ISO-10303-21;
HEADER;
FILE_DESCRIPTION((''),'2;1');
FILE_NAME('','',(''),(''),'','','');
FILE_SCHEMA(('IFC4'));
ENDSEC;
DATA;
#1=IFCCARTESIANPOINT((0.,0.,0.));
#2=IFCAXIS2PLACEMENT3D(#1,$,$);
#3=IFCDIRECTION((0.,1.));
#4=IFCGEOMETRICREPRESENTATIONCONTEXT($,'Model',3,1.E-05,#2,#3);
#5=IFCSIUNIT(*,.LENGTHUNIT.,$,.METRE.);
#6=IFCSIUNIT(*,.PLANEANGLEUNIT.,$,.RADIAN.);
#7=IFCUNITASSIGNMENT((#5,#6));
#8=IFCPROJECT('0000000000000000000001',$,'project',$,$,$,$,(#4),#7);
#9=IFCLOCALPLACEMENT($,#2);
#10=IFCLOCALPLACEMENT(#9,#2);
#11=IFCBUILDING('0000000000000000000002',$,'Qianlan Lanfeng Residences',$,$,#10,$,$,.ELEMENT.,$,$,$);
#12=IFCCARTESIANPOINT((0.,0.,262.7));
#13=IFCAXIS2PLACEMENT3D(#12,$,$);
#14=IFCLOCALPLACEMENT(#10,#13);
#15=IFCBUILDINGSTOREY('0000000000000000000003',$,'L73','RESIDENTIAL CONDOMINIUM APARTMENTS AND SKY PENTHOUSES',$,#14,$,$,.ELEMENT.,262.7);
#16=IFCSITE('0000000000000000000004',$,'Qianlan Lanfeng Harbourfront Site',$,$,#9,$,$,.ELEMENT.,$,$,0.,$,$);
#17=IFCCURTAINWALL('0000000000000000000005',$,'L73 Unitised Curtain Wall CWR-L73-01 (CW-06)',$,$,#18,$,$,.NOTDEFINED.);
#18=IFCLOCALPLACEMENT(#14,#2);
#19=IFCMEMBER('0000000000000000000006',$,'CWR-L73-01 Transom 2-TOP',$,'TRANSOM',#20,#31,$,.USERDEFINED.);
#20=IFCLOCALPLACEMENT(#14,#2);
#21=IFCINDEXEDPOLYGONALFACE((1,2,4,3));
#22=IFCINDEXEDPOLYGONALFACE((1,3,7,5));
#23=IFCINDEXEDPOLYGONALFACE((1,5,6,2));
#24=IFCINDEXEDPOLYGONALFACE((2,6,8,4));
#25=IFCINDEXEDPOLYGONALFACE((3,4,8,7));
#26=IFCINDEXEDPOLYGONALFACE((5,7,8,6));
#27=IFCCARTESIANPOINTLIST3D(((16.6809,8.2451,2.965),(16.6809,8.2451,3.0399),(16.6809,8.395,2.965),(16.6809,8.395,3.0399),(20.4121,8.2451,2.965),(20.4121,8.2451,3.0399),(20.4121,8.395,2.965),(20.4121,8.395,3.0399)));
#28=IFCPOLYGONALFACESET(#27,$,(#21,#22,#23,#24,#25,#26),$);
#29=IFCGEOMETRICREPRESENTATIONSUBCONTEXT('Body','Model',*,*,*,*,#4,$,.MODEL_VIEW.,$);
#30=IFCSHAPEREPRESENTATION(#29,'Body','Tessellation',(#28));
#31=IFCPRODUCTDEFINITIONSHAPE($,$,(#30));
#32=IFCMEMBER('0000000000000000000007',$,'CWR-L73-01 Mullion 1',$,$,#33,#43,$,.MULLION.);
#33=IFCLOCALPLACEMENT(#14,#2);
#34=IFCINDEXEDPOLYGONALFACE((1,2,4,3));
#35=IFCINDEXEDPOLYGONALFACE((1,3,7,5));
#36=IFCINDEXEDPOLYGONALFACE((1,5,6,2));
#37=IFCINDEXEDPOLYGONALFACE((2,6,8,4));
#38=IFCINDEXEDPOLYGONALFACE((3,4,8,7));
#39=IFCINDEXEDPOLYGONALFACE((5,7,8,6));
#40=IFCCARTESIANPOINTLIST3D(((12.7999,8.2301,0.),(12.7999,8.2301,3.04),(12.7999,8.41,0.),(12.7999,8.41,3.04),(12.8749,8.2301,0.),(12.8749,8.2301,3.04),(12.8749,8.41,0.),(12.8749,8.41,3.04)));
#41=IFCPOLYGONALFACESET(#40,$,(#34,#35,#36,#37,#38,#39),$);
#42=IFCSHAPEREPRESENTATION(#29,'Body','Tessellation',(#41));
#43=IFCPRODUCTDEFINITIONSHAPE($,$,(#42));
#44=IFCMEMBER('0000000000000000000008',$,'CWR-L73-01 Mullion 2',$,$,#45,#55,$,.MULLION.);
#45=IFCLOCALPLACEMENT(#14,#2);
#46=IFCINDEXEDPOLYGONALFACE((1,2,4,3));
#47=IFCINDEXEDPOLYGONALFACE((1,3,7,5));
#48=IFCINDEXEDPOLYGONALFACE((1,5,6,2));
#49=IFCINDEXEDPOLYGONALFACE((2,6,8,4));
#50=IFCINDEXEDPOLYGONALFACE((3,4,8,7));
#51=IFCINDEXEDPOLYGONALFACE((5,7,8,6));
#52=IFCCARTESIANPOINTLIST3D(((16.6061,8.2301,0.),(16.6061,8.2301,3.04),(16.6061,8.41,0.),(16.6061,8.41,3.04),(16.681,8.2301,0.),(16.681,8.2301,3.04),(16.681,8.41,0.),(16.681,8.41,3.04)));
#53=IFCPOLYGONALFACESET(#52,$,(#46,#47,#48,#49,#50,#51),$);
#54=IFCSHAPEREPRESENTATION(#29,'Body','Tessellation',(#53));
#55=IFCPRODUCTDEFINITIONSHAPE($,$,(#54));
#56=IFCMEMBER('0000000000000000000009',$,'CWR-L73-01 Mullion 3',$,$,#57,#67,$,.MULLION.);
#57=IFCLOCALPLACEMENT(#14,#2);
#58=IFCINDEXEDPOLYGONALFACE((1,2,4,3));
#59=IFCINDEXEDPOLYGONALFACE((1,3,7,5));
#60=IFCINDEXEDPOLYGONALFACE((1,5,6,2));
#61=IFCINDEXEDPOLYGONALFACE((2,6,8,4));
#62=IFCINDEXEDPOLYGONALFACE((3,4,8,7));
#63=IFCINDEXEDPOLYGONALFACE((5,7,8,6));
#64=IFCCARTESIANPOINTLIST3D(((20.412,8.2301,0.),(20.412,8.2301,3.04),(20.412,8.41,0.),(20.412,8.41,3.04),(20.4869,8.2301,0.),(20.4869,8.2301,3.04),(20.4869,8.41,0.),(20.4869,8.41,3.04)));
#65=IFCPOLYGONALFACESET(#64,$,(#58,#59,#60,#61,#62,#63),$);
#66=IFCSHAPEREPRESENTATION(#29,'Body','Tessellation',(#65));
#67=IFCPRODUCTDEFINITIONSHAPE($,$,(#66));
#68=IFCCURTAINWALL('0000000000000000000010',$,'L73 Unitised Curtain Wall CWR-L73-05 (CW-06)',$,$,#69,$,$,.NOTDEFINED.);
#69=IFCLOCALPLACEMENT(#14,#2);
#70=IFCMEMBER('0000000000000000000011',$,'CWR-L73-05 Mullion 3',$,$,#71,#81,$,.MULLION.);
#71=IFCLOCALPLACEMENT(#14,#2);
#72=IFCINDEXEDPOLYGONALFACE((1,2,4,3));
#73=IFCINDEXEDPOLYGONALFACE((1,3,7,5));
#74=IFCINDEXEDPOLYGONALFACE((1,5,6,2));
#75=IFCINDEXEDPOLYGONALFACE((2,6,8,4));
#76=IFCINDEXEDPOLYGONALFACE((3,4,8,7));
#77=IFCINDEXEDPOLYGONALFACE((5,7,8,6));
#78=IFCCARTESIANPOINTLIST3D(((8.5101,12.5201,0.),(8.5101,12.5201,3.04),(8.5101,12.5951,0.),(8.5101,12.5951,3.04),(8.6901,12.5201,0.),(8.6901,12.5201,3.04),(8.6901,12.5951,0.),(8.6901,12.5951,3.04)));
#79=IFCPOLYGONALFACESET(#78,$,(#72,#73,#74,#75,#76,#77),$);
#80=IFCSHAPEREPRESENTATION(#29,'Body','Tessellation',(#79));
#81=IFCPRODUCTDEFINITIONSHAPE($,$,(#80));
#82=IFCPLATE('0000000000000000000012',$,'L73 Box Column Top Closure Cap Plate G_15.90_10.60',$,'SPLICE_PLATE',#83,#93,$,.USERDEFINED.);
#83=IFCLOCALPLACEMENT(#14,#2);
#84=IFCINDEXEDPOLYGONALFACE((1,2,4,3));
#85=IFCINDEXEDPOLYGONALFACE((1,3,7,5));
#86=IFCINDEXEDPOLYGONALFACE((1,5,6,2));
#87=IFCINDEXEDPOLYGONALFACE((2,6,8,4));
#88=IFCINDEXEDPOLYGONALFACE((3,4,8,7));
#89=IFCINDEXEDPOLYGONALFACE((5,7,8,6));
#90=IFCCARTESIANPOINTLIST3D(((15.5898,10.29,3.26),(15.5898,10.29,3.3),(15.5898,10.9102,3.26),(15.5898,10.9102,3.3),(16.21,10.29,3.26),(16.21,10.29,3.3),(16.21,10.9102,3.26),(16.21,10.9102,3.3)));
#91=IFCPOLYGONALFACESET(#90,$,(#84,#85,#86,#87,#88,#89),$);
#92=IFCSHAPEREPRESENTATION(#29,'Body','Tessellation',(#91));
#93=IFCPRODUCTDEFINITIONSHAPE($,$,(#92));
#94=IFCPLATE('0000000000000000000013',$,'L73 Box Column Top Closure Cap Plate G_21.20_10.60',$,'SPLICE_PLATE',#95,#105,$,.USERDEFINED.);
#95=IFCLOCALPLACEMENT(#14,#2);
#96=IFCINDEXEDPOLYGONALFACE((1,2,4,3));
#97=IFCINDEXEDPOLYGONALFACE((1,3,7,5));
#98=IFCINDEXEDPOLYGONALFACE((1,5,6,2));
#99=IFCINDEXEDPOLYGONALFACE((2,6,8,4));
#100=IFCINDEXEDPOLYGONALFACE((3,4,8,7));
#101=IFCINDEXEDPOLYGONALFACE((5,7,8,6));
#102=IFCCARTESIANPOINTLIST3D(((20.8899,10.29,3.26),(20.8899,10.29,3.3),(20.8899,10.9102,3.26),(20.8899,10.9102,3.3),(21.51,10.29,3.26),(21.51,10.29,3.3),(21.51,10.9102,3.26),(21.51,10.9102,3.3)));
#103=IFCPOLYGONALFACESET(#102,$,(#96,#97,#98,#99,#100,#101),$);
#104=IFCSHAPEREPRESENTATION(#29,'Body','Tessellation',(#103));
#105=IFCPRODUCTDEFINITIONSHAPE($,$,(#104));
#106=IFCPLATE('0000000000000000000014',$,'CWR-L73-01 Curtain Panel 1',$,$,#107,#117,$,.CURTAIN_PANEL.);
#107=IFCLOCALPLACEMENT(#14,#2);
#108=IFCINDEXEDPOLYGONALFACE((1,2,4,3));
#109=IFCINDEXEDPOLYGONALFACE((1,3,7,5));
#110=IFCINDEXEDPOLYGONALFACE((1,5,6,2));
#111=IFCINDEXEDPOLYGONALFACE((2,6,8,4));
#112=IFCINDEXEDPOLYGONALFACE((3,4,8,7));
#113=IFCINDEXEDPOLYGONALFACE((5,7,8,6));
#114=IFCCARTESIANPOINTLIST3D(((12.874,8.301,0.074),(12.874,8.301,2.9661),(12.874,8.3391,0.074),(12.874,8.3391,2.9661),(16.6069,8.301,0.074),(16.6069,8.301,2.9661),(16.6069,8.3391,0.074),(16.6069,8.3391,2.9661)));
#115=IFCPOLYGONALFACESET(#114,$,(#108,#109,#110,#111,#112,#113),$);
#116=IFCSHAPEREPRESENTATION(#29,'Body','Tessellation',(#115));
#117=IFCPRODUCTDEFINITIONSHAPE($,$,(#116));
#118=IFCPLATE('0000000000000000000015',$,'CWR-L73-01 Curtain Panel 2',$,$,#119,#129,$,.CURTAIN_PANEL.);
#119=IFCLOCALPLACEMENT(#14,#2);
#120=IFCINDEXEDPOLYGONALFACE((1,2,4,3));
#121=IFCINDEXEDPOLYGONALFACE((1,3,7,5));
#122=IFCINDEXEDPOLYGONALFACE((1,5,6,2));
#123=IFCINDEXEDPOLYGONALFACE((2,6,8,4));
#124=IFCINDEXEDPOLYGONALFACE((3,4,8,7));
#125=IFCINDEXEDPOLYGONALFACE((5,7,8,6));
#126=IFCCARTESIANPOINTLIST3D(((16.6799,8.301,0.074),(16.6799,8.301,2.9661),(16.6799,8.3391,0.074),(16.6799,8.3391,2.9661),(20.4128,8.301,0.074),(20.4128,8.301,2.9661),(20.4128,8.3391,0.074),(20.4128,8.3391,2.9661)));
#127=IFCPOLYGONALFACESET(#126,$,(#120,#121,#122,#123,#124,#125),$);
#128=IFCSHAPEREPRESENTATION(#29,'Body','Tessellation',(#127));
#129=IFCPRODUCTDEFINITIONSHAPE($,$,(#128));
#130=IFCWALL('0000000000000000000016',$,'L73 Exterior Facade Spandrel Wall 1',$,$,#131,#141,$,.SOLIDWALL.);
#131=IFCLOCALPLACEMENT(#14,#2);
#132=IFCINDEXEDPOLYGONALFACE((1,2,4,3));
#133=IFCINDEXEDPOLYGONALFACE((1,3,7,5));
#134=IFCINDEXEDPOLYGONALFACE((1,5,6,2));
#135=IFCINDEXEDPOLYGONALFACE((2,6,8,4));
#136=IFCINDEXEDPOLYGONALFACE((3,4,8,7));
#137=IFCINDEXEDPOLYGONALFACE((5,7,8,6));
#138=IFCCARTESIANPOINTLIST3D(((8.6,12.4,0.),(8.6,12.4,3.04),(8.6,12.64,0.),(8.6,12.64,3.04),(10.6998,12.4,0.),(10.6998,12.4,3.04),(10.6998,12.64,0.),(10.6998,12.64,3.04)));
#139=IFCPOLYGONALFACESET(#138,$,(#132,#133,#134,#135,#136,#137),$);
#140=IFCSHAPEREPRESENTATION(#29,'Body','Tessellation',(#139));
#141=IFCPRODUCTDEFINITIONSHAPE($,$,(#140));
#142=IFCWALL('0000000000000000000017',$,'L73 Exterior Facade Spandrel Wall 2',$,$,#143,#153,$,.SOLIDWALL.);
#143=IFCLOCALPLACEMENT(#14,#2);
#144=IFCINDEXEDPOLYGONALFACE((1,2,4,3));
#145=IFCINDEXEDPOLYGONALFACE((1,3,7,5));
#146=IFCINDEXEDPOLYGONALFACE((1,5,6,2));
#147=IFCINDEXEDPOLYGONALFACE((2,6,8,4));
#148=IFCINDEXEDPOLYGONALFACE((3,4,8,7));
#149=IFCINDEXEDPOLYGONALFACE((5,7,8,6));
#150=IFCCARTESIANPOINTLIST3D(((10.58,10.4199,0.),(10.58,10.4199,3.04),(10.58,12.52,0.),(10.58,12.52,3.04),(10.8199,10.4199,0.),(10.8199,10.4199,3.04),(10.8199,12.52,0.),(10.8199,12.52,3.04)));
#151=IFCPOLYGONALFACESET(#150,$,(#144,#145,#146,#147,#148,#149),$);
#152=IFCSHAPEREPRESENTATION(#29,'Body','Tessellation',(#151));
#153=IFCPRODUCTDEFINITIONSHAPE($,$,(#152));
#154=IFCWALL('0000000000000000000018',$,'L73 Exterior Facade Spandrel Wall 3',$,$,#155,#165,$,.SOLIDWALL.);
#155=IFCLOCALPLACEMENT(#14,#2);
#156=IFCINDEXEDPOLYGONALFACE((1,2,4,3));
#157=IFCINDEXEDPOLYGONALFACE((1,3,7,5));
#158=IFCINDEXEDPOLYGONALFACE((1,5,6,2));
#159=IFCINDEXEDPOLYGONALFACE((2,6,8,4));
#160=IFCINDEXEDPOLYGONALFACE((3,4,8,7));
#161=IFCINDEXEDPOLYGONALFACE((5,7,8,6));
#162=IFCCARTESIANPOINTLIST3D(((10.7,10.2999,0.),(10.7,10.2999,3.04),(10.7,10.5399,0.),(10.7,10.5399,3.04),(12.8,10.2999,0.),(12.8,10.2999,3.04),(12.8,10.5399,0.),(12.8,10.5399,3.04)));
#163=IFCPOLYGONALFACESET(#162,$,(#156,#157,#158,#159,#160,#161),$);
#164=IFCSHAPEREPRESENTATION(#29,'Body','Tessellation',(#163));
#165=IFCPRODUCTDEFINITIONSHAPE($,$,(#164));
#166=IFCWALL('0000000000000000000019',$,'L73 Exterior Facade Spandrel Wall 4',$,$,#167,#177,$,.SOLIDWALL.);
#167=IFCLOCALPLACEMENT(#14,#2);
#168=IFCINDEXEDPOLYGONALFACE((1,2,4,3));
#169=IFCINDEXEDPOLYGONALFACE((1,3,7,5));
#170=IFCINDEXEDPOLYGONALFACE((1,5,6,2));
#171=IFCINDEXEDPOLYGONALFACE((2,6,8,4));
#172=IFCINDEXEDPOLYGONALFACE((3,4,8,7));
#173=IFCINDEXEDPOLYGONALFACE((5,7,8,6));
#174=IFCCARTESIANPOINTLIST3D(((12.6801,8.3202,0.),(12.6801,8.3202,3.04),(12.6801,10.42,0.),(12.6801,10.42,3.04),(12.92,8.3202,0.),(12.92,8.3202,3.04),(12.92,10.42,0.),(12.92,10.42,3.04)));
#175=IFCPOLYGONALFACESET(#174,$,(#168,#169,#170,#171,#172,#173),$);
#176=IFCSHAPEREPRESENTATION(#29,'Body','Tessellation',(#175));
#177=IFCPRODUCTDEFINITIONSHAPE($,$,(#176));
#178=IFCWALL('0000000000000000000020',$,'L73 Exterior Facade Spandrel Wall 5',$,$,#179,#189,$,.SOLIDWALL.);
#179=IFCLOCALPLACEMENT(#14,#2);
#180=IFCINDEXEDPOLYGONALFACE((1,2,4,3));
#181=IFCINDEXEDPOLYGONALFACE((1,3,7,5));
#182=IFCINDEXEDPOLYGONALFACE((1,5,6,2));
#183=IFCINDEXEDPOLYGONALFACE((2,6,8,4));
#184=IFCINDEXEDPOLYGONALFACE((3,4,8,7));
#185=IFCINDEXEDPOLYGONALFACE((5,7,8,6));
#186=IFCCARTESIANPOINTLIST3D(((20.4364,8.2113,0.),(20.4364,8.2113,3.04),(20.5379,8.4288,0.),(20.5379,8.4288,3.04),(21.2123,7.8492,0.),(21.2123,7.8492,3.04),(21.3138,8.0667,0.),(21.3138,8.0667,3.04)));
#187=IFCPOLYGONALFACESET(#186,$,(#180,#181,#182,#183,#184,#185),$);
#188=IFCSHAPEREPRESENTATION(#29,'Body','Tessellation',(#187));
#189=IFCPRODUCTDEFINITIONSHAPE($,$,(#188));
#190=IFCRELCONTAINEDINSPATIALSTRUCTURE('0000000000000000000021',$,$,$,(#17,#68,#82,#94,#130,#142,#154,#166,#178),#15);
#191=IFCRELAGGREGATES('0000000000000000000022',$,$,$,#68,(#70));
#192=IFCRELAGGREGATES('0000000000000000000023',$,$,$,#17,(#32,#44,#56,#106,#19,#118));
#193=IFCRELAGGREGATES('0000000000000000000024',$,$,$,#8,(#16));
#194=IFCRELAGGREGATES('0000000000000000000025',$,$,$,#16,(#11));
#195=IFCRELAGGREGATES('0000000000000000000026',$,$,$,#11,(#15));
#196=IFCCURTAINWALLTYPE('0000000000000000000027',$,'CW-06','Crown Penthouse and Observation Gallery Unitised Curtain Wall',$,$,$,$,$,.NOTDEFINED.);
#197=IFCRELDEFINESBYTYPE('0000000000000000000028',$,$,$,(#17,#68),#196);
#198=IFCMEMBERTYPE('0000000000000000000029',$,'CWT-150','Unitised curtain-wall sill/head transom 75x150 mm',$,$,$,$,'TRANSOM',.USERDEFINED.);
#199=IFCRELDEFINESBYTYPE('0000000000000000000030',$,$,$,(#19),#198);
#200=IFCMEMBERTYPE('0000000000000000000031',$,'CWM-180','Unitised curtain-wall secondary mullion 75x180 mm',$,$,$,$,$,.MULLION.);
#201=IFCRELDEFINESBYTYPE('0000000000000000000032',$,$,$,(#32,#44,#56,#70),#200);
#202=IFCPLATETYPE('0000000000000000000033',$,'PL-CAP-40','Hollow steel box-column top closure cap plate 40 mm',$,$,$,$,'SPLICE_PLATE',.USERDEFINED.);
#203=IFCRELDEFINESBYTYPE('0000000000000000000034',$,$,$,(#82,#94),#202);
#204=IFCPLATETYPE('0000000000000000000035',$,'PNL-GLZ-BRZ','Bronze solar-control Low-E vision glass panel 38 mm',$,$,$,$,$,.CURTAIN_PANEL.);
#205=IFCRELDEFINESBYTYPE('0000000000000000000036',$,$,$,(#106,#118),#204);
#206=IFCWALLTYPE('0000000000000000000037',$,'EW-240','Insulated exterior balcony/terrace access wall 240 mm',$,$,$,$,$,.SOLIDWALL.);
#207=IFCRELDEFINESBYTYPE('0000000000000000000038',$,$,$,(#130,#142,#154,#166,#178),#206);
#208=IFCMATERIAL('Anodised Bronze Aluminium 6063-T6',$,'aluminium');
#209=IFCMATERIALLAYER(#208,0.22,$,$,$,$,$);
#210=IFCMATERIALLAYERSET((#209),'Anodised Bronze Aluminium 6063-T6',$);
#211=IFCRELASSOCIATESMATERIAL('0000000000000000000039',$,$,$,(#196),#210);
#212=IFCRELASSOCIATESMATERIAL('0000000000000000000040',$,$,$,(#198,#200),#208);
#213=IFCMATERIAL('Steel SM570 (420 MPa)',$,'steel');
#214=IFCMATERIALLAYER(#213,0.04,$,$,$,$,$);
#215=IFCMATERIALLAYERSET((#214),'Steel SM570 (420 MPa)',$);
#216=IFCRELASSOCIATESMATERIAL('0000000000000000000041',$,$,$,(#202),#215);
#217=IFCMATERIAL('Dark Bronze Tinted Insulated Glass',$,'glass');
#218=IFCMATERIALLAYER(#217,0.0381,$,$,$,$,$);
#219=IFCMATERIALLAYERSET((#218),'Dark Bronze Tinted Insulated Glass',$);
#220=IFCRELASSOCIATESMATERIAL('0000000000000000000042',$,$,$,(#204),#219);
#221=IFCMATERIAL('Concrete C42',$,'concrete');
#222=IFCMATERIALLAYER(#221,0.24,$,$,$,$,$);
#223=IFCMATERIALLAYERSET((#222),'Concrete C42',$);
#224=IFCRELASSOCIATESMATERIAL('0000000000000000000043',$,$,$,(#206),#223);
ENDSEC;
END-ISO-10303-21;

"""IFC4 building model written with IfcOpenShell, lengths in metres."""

from ifc_helpers import new_model, si_unit, direction, frame, frame_2d, origin, origin_2d, place, context, subcontext, project, spatial, rectangle, extrude, source, transform, mapped, material, layer, layer_set, material_profile, profile_set, type_object, element, aggregate, save


model = new_model("IFC4")

# Units and contexts
model_context = context("Model", 3, precision=1e-05, world=origin(), true_north=direction((0.0, 1.0)))
body_context = subcontext(model_context, "Body", "Model", "MODEL_VIEW")
ifc_project = project(units=[si_unit("LENGTHUNIT", "METRE"), si_unit("PLANEANGLEUNIT", "RADIAN")], contexts=[model_context])

# Site, building, storey
site_placement = place(None, origin())
site = spatial("IfcSite", under=ifc_project, at=site_placement, Name="Qianlan Lanfeng Harbourfront Site", CompositionType="ELEMENT", RefElevation=0.0)
building_placement = place(site_placement, origin())
building = spatial("IfcBuilding", under=site, at=building_placement, Name="Qianlan Lanfeng Residences", CompositionType="ELEMENT")
storey_placement = place(building_placement, frame((0.0, 0.0, 262.7)))
storey = spatial("IfcBuildingStorey", under=building, at=storey_placement, Name="L73", Description="RESIDENTIAL CONDOMINIUM APARTMENTS AND SKY PENTHOUSES", CompositionType="ELEMENT", Elevation=262.7)

# Curtain wall, members
ifc_material_1 = material(Name="Anodised Bronze Aluminium 6063-T6", Category="aluminium")
ifc_layer_1 = layer(ifc_material_1, 0.22)
ifc_layer_set_1 = layer_set([ifc_layer_1], Name="Anodised Bronze Aluminium 6063-T6")
curtain_wall_type = type_object("IfcCurtainWallType", Name="CW-06", Description="Crown Penthouse and Observation Gallery Unitised Curtain Wall", PredefinedType="NOTDEFINED", material=ifc_layer_set_1)
curtain_wall_1_placement = place(storey_placement, origin())
curtain_wall_1 = element("IfcCurtainWall", 1, at=curtain_wall_1_placement, inside=storey, type_object=curtain_wall_type, Name="L73 Unitised Curtain Wall CWR-L73-01 (CW-06)", PredefinedType="NOTDEFINED")
ifc_material_profile_1 = material_profile(ifc_material_1, rectangle(XDim=0.075, YDim=0.1499, at=origin_2d()), Name="ALU TRANSOM 75x150")
ifc_profile_set_1 = profile_set([ifc_material_profile_1], Name="Anodised Bronze Aluminium 6063-T6")
member_type_1 = type_object("IfcMemberType", Name="CWT-150", Description="Unitised curtain-wall sill/head transom 75x150 mm", ElementType="TRANSOM", PredefinedType="USERDEFINED", material=ifc_profile_set_1)
shared_shape_1 = source(origin(), body_context, "Body", "SweptSolid", [
    extrude(rectangle(XDim=0.075, YDim=0.1499, at=origin_2d()), origin(), (0.0, 0.0, 1.0), 3.7312),
])
member_1_placement = place(storey_placement, frame((16.6809, 8.3201, 3.0024), z_axis=(1.0, 0.0, 0.0), x_axis=(0.0, 0.0, 1.0)))
member_1 = element("IfcMember", 2, at=member_1_placement, type_object=member_type_1, Name="CWR-L73-01 Transom 2-TOP", ObjectType="TRANSOM", PredefinedType="USERDEFINED", context=body_context, shape_type="MappedRepresentation", body=[
    mapped(shared_shape_1, transform((0.0, 0.0, 0.0), scale=1.0)),
])
ifc_material_profile_2 = material_profile(ifc_material_1, rectangle(XDim=0.075, YDim=0.1799, at=origin_2d()), Name="ALU MULLION 75x180")
ifc_profile_set_2 = profile_set([ifc_material_profile_2], Name="Anodised Bronze Aluminium 6063-T6")
member_type_2 = type_object("IfcMemberType", Name="CWM-180", Description="Unitised curtain-wall secondary mullion 75x180 mm", PredefinedType="MULLION", material=ifc_profile_set_2)
shared_shape_2 = source(origin(), body_context, "Body", "SweptSolid", [
    extrude(rectangle(XDim=0.075, YDim=0.1799, at=origin_2d()), origin(), (0.0, 0.0, 1.0), 3.04),
])
member_2_placement = place(storey_placement, frame((12.8374, 8.3201, 0.0), z_axis=(0.0, 0.0, 1.0), x_axis=(1.0, 0.0, 0.0)))
member_2 = element("IfcMember", 3, at=member_2_placement, type_object=member_type_2, Name="CWR-L73-01 Mullion 1", PredefinedType="MULLION", context=body_context, shape_type="MappedRepresentation", body=[
    mapped(shared_shape_2, transform((0.0, 0.0, 0.0), scale=1.0)),
])
member_3_placement = place(storey_placement, frame((16.6436, 8.3201, 0.0), z_axis=(0.0, 0.0, 1.0), x_axis=(1.0, 0.0, 0.0)))
member_3 = element("IfcMember", 4, at=member_3_placement, type_object=member_type_2, Name="CWR-L73-01 Mullion 2", PredefinedType="MULLION", context=body_context, shape_type="MappedRepresentation", body=[
    mapped(shared_shape_2, transform((0.0, 0.0, 0.0), scale=1.0)),
])
member_4_placement = place(storey_placement, frame((20.4495, 8.3201, 0.0), z_axis=(0.0, 0.0, 1.0), x_axis=(1.0, 0.0, 0.0)))
member_4 = element("IfcMember", 5, at=member_4_placement, type_object=member_type_2, Name="CWR-L73-01 Mullion 3", PredefinedType="MULLION", context=body_context, shape_type="MappedRepresentation", body=[
    mapped(shared_shape_2, transform((0.0, 0.0, 0.0), scale=1.0)),
])

# Curtain wall, member
curtain_wall_2_placement = place(storey_placement, origin())
curtain_wall_2 = element("IfcCurtainWall", 6, at=curtain_wall_2_placement, inside=storey, type_object=curtain_wall_type, Name="L73 Unitised Curtain Wall CWR-L73-05 (CW-06)", PredefinedType="NOTDEFINED")
member_5_placement = place(storey_placement, frame((8.6001, 12.5576, 0.0), z_axis=(0.0, 0.0, 1.0), x_axis=(0.0, -1.0, 0.0)))
member_5 = element("IfcMember", 7, at=member_5_placement, type_object=member_type_2, Name="CWR-L73-05 Mullion 3", PredefinedType="MULLION", context=body_context, shape_type="MappedRepresentation", body=[
    mapped(shared_shape_2, transform((0.0, 0.0, 0.0), scale=1.0)),
])
aggregate(curtain_wall_2, [member_5])

# Plates
ifc_material_2 = material(Name="Steel SM570 (420 MPa)", Category="steel")
ifc_layer_2 = layer(ifc_material_2, 0.04)
ifc_layer_set_2 = layer_set([ifc_layer_2], Name="Steel SM570 (420 MPa)")
plate_type_1 = type_object("IfcPlateType", Name="PL-CAP-40", Description="Hollow steel box-column top closure cap plate 40 mm", ElementType="SPLICE_PLATE", PredefinedType="USERDEFINED", material=ifc_layer_set_2)
shared_shape_3 = source(origin(), body_context, "Body", "SweptSolid", [
    extrude(rectangle(XDim=0.6201, YDim=0.6201, at=origin_2d()), origin(), (0.0, 0.0, 1.0), 0.04),
])
for number, where, z_axis, x_axis, name in (
    (8, (15.8999, 10.6001, 3.26), (0.0, 0.0, 1.0), (1.0, 0.0, 0.0), "L73 Box Column Top Closure Cap Plate G_15.90_10.60"),
    (9, (21.2, 10.6001, 3.26), (0.0, 0.0, 1.0), (1.0, 0.0, 0.0), "L73 Box Column Top Closure Cap Plate G_21.20_10.60"),
):
    element("IfcPlate", number, at=place(storey_placement, frame(where, z_axis=z_axis, x_axis=x_axis)), inside=storey, type_object=plate_type_1, Name=name, ObjectType="SPLICE_PLATE", PredefinedType="USERDEFINED", context=body_context, shape_type="MappedRepresentation", body=[
        mapped(shared_shape_3, transform((0.0, 0.0, 0.0), scale=1.0)),
    ])

# Plates
ifc_material_3 = material(Name="Dark Bronze Tinted Insulated Glass", Category="glass")
ifc_layer_3 = layer(ifc_material_3, 0.0381)
ifc_layer_set_3 = layer_set([ifc_layer_3], Name="Dark Bronze Tinted Insulated Glass")
plate_type_2 = type_object("IfcPlateType", Name="PNL-GLZ-BRZ", Description="Bronze solar-control Low-E vision glass panel 38 mm", PredefinedType="CURTAIN_PANEL", material=ifc_layer_set_3)
shared_shape_4 = source(origin(), body_context, "Body", "SweptSolid", [
    extrude(rectangle(XDim=3.7329, YDim=0.0381, at=origin_2d()), origin(), (0.0, 0.0, 1.0), 2.8921),
])
plate_1_placement = place(storey_placement, frame((14.7405, 8.3201, 0.074), z_axis=(0.0, 0.0, 1.0), x_axis=(1.0, 0.0, 0.0)))
plate_1 = element("IfcPlate", 10, at=plate_1_placement, type_object=plate_type_2, Name="CWR-L73-01 Curtain Panel 1", PredefinedType="CURTAIN_PANEL", context=body_context, shape_type="MappedRepresentation", body=[
    mapped(shared_shape_4, transform((0.0, 0.0, 0.0), scale=1.0)),
])
plate_2_placement = place(storey_placement, frame((18.5464, 8.3201, 0.074), z_axis=(0.0, 0.0, 1.0), x_axis=(1.0, 0.0, 0.0)))
plate_2 = element("IfcPlate", 11, at=plate_2_placement, type_object=plate_type_2, Name="CWR-L73-01 Curtain Panel 2", PredefinedType="CURTAIN_PANEL", context=body_context, shape_type="MappedRepresentation", body=[
    mapped(shared_shape_4, transform((0.0, 0.0, 0.0), scale=1.0)),
])
aggregate(curtain_wall_1, [member_2, member_3, member_4, plate_1, member_1, plate_2])

# Walls
ifc_material_4 = material(Name="Concrete C42", Category="concrete")
ifc_layer_4 = layer(ifc_material_4, 0.24)
ifc_layer_set_4 = layer_set([ifc_layer_4], Name="Concrete C42")
wall_type_1 = type_object("IfcWallType", Name="EW-240", Description="Insulated exterior balcony/terrace access wall 240 mm", PredefinedType="SOLIDWALL", material=ifc_layer_set_4)
wall_1_placement = place(storey_placement, frame((8.6001, 12.52, 0.0), z_axis=(0.0, 0.0, 1.0), x_axis=(1.0, 0.0, 0.0)))
element("IfcWall", 12, at=wall_1_placement, inside=storey, type_object=wall_type_1, Name="L73 Exterior Facade Spandrel Wall 1", PredefinedType="SOLIDWALL", context=body_context, shape_type="SweptSolid", body=[
    extrude(rectangle(XDim=2.0999, YDim=0.24, at=frame_2d((1.0498, 0.0))), origin(), (0.0, 0.0, 1.0), 3.04),
])
for number, where, z_axis, x_axis, name in (
    (13, (10.7, 12.52, 0.0), (0.0, 0.0, 1.0), (0.0, -1.0, 0.0), "L73 Exterior Facade Spandrel Wall 2"),
    (14, (10.7, 10.4199, 0.0), (0.0, 0.0, 1.0), (1.0, 0.0, 0.0), "L73 Exterior Facade Spandrel Wall 3"),
):
    element("IfcWall", number, at=place(storey_placement, frame(where, z_axis=z_axis, x_axis=x_axis)), inside=storey, type_object=wall_type_1, Name=name, PredefinedType="SOLIDWALL", context=body_context, shape_type="SweptSolid", body=[
        extrude(rectangle(XDim=2.1001, YDim=0.24, at=frame_2d((1.05, 0.0))), origin(), (0.0, 0.0, 1.0), 3.04),
    ])
wall_2_placement = place(storey_placement, frame((12.8, 10.4199, 0.0), z_axis=(0.0, 0.0, 1.0), x_axis=(0.0, -1.0, 0.0)))
element("IfcWall", 15, at=wall_2_placement, inside=storey, type_object=wall_type_1, Name="L73 Exterior Facade Spandrel Wall 4", PredefinedType="SOLIDWALL", context=body_context, shape_type="SweptSolid", body=[
    extrude(rectangle(XDim=2.0999, YDim=0.24, at=frame_2d((1.0498, 0.0))), origin(), (0.0, 0.0, 1.0), 3.04),
])
wall_3_placement = place(storey_placement, frame((20.4871, 8.3201, 0.0), z_axis=(0.0, 0.0, 1.0), x_axis=(0.90619, -0.42287, 0.0)))
element("IfcWall", 16, at=wall_3_placement, inside=storey, type_object=wall_type_1, Name="L73 Exterior Facade Spandrel Wall 5", PredefinedType="SOLIDWALL", context=body_context, shape_type="SweptSolid", body=[
    extrude(rectangle(XDim=0.8562, YDim=0.24, at=frame_2d((0.4282, 0.0))), origin(), (0.0, 0.0, 1.0), 3.04),
])

save(model, "model.ifc")
